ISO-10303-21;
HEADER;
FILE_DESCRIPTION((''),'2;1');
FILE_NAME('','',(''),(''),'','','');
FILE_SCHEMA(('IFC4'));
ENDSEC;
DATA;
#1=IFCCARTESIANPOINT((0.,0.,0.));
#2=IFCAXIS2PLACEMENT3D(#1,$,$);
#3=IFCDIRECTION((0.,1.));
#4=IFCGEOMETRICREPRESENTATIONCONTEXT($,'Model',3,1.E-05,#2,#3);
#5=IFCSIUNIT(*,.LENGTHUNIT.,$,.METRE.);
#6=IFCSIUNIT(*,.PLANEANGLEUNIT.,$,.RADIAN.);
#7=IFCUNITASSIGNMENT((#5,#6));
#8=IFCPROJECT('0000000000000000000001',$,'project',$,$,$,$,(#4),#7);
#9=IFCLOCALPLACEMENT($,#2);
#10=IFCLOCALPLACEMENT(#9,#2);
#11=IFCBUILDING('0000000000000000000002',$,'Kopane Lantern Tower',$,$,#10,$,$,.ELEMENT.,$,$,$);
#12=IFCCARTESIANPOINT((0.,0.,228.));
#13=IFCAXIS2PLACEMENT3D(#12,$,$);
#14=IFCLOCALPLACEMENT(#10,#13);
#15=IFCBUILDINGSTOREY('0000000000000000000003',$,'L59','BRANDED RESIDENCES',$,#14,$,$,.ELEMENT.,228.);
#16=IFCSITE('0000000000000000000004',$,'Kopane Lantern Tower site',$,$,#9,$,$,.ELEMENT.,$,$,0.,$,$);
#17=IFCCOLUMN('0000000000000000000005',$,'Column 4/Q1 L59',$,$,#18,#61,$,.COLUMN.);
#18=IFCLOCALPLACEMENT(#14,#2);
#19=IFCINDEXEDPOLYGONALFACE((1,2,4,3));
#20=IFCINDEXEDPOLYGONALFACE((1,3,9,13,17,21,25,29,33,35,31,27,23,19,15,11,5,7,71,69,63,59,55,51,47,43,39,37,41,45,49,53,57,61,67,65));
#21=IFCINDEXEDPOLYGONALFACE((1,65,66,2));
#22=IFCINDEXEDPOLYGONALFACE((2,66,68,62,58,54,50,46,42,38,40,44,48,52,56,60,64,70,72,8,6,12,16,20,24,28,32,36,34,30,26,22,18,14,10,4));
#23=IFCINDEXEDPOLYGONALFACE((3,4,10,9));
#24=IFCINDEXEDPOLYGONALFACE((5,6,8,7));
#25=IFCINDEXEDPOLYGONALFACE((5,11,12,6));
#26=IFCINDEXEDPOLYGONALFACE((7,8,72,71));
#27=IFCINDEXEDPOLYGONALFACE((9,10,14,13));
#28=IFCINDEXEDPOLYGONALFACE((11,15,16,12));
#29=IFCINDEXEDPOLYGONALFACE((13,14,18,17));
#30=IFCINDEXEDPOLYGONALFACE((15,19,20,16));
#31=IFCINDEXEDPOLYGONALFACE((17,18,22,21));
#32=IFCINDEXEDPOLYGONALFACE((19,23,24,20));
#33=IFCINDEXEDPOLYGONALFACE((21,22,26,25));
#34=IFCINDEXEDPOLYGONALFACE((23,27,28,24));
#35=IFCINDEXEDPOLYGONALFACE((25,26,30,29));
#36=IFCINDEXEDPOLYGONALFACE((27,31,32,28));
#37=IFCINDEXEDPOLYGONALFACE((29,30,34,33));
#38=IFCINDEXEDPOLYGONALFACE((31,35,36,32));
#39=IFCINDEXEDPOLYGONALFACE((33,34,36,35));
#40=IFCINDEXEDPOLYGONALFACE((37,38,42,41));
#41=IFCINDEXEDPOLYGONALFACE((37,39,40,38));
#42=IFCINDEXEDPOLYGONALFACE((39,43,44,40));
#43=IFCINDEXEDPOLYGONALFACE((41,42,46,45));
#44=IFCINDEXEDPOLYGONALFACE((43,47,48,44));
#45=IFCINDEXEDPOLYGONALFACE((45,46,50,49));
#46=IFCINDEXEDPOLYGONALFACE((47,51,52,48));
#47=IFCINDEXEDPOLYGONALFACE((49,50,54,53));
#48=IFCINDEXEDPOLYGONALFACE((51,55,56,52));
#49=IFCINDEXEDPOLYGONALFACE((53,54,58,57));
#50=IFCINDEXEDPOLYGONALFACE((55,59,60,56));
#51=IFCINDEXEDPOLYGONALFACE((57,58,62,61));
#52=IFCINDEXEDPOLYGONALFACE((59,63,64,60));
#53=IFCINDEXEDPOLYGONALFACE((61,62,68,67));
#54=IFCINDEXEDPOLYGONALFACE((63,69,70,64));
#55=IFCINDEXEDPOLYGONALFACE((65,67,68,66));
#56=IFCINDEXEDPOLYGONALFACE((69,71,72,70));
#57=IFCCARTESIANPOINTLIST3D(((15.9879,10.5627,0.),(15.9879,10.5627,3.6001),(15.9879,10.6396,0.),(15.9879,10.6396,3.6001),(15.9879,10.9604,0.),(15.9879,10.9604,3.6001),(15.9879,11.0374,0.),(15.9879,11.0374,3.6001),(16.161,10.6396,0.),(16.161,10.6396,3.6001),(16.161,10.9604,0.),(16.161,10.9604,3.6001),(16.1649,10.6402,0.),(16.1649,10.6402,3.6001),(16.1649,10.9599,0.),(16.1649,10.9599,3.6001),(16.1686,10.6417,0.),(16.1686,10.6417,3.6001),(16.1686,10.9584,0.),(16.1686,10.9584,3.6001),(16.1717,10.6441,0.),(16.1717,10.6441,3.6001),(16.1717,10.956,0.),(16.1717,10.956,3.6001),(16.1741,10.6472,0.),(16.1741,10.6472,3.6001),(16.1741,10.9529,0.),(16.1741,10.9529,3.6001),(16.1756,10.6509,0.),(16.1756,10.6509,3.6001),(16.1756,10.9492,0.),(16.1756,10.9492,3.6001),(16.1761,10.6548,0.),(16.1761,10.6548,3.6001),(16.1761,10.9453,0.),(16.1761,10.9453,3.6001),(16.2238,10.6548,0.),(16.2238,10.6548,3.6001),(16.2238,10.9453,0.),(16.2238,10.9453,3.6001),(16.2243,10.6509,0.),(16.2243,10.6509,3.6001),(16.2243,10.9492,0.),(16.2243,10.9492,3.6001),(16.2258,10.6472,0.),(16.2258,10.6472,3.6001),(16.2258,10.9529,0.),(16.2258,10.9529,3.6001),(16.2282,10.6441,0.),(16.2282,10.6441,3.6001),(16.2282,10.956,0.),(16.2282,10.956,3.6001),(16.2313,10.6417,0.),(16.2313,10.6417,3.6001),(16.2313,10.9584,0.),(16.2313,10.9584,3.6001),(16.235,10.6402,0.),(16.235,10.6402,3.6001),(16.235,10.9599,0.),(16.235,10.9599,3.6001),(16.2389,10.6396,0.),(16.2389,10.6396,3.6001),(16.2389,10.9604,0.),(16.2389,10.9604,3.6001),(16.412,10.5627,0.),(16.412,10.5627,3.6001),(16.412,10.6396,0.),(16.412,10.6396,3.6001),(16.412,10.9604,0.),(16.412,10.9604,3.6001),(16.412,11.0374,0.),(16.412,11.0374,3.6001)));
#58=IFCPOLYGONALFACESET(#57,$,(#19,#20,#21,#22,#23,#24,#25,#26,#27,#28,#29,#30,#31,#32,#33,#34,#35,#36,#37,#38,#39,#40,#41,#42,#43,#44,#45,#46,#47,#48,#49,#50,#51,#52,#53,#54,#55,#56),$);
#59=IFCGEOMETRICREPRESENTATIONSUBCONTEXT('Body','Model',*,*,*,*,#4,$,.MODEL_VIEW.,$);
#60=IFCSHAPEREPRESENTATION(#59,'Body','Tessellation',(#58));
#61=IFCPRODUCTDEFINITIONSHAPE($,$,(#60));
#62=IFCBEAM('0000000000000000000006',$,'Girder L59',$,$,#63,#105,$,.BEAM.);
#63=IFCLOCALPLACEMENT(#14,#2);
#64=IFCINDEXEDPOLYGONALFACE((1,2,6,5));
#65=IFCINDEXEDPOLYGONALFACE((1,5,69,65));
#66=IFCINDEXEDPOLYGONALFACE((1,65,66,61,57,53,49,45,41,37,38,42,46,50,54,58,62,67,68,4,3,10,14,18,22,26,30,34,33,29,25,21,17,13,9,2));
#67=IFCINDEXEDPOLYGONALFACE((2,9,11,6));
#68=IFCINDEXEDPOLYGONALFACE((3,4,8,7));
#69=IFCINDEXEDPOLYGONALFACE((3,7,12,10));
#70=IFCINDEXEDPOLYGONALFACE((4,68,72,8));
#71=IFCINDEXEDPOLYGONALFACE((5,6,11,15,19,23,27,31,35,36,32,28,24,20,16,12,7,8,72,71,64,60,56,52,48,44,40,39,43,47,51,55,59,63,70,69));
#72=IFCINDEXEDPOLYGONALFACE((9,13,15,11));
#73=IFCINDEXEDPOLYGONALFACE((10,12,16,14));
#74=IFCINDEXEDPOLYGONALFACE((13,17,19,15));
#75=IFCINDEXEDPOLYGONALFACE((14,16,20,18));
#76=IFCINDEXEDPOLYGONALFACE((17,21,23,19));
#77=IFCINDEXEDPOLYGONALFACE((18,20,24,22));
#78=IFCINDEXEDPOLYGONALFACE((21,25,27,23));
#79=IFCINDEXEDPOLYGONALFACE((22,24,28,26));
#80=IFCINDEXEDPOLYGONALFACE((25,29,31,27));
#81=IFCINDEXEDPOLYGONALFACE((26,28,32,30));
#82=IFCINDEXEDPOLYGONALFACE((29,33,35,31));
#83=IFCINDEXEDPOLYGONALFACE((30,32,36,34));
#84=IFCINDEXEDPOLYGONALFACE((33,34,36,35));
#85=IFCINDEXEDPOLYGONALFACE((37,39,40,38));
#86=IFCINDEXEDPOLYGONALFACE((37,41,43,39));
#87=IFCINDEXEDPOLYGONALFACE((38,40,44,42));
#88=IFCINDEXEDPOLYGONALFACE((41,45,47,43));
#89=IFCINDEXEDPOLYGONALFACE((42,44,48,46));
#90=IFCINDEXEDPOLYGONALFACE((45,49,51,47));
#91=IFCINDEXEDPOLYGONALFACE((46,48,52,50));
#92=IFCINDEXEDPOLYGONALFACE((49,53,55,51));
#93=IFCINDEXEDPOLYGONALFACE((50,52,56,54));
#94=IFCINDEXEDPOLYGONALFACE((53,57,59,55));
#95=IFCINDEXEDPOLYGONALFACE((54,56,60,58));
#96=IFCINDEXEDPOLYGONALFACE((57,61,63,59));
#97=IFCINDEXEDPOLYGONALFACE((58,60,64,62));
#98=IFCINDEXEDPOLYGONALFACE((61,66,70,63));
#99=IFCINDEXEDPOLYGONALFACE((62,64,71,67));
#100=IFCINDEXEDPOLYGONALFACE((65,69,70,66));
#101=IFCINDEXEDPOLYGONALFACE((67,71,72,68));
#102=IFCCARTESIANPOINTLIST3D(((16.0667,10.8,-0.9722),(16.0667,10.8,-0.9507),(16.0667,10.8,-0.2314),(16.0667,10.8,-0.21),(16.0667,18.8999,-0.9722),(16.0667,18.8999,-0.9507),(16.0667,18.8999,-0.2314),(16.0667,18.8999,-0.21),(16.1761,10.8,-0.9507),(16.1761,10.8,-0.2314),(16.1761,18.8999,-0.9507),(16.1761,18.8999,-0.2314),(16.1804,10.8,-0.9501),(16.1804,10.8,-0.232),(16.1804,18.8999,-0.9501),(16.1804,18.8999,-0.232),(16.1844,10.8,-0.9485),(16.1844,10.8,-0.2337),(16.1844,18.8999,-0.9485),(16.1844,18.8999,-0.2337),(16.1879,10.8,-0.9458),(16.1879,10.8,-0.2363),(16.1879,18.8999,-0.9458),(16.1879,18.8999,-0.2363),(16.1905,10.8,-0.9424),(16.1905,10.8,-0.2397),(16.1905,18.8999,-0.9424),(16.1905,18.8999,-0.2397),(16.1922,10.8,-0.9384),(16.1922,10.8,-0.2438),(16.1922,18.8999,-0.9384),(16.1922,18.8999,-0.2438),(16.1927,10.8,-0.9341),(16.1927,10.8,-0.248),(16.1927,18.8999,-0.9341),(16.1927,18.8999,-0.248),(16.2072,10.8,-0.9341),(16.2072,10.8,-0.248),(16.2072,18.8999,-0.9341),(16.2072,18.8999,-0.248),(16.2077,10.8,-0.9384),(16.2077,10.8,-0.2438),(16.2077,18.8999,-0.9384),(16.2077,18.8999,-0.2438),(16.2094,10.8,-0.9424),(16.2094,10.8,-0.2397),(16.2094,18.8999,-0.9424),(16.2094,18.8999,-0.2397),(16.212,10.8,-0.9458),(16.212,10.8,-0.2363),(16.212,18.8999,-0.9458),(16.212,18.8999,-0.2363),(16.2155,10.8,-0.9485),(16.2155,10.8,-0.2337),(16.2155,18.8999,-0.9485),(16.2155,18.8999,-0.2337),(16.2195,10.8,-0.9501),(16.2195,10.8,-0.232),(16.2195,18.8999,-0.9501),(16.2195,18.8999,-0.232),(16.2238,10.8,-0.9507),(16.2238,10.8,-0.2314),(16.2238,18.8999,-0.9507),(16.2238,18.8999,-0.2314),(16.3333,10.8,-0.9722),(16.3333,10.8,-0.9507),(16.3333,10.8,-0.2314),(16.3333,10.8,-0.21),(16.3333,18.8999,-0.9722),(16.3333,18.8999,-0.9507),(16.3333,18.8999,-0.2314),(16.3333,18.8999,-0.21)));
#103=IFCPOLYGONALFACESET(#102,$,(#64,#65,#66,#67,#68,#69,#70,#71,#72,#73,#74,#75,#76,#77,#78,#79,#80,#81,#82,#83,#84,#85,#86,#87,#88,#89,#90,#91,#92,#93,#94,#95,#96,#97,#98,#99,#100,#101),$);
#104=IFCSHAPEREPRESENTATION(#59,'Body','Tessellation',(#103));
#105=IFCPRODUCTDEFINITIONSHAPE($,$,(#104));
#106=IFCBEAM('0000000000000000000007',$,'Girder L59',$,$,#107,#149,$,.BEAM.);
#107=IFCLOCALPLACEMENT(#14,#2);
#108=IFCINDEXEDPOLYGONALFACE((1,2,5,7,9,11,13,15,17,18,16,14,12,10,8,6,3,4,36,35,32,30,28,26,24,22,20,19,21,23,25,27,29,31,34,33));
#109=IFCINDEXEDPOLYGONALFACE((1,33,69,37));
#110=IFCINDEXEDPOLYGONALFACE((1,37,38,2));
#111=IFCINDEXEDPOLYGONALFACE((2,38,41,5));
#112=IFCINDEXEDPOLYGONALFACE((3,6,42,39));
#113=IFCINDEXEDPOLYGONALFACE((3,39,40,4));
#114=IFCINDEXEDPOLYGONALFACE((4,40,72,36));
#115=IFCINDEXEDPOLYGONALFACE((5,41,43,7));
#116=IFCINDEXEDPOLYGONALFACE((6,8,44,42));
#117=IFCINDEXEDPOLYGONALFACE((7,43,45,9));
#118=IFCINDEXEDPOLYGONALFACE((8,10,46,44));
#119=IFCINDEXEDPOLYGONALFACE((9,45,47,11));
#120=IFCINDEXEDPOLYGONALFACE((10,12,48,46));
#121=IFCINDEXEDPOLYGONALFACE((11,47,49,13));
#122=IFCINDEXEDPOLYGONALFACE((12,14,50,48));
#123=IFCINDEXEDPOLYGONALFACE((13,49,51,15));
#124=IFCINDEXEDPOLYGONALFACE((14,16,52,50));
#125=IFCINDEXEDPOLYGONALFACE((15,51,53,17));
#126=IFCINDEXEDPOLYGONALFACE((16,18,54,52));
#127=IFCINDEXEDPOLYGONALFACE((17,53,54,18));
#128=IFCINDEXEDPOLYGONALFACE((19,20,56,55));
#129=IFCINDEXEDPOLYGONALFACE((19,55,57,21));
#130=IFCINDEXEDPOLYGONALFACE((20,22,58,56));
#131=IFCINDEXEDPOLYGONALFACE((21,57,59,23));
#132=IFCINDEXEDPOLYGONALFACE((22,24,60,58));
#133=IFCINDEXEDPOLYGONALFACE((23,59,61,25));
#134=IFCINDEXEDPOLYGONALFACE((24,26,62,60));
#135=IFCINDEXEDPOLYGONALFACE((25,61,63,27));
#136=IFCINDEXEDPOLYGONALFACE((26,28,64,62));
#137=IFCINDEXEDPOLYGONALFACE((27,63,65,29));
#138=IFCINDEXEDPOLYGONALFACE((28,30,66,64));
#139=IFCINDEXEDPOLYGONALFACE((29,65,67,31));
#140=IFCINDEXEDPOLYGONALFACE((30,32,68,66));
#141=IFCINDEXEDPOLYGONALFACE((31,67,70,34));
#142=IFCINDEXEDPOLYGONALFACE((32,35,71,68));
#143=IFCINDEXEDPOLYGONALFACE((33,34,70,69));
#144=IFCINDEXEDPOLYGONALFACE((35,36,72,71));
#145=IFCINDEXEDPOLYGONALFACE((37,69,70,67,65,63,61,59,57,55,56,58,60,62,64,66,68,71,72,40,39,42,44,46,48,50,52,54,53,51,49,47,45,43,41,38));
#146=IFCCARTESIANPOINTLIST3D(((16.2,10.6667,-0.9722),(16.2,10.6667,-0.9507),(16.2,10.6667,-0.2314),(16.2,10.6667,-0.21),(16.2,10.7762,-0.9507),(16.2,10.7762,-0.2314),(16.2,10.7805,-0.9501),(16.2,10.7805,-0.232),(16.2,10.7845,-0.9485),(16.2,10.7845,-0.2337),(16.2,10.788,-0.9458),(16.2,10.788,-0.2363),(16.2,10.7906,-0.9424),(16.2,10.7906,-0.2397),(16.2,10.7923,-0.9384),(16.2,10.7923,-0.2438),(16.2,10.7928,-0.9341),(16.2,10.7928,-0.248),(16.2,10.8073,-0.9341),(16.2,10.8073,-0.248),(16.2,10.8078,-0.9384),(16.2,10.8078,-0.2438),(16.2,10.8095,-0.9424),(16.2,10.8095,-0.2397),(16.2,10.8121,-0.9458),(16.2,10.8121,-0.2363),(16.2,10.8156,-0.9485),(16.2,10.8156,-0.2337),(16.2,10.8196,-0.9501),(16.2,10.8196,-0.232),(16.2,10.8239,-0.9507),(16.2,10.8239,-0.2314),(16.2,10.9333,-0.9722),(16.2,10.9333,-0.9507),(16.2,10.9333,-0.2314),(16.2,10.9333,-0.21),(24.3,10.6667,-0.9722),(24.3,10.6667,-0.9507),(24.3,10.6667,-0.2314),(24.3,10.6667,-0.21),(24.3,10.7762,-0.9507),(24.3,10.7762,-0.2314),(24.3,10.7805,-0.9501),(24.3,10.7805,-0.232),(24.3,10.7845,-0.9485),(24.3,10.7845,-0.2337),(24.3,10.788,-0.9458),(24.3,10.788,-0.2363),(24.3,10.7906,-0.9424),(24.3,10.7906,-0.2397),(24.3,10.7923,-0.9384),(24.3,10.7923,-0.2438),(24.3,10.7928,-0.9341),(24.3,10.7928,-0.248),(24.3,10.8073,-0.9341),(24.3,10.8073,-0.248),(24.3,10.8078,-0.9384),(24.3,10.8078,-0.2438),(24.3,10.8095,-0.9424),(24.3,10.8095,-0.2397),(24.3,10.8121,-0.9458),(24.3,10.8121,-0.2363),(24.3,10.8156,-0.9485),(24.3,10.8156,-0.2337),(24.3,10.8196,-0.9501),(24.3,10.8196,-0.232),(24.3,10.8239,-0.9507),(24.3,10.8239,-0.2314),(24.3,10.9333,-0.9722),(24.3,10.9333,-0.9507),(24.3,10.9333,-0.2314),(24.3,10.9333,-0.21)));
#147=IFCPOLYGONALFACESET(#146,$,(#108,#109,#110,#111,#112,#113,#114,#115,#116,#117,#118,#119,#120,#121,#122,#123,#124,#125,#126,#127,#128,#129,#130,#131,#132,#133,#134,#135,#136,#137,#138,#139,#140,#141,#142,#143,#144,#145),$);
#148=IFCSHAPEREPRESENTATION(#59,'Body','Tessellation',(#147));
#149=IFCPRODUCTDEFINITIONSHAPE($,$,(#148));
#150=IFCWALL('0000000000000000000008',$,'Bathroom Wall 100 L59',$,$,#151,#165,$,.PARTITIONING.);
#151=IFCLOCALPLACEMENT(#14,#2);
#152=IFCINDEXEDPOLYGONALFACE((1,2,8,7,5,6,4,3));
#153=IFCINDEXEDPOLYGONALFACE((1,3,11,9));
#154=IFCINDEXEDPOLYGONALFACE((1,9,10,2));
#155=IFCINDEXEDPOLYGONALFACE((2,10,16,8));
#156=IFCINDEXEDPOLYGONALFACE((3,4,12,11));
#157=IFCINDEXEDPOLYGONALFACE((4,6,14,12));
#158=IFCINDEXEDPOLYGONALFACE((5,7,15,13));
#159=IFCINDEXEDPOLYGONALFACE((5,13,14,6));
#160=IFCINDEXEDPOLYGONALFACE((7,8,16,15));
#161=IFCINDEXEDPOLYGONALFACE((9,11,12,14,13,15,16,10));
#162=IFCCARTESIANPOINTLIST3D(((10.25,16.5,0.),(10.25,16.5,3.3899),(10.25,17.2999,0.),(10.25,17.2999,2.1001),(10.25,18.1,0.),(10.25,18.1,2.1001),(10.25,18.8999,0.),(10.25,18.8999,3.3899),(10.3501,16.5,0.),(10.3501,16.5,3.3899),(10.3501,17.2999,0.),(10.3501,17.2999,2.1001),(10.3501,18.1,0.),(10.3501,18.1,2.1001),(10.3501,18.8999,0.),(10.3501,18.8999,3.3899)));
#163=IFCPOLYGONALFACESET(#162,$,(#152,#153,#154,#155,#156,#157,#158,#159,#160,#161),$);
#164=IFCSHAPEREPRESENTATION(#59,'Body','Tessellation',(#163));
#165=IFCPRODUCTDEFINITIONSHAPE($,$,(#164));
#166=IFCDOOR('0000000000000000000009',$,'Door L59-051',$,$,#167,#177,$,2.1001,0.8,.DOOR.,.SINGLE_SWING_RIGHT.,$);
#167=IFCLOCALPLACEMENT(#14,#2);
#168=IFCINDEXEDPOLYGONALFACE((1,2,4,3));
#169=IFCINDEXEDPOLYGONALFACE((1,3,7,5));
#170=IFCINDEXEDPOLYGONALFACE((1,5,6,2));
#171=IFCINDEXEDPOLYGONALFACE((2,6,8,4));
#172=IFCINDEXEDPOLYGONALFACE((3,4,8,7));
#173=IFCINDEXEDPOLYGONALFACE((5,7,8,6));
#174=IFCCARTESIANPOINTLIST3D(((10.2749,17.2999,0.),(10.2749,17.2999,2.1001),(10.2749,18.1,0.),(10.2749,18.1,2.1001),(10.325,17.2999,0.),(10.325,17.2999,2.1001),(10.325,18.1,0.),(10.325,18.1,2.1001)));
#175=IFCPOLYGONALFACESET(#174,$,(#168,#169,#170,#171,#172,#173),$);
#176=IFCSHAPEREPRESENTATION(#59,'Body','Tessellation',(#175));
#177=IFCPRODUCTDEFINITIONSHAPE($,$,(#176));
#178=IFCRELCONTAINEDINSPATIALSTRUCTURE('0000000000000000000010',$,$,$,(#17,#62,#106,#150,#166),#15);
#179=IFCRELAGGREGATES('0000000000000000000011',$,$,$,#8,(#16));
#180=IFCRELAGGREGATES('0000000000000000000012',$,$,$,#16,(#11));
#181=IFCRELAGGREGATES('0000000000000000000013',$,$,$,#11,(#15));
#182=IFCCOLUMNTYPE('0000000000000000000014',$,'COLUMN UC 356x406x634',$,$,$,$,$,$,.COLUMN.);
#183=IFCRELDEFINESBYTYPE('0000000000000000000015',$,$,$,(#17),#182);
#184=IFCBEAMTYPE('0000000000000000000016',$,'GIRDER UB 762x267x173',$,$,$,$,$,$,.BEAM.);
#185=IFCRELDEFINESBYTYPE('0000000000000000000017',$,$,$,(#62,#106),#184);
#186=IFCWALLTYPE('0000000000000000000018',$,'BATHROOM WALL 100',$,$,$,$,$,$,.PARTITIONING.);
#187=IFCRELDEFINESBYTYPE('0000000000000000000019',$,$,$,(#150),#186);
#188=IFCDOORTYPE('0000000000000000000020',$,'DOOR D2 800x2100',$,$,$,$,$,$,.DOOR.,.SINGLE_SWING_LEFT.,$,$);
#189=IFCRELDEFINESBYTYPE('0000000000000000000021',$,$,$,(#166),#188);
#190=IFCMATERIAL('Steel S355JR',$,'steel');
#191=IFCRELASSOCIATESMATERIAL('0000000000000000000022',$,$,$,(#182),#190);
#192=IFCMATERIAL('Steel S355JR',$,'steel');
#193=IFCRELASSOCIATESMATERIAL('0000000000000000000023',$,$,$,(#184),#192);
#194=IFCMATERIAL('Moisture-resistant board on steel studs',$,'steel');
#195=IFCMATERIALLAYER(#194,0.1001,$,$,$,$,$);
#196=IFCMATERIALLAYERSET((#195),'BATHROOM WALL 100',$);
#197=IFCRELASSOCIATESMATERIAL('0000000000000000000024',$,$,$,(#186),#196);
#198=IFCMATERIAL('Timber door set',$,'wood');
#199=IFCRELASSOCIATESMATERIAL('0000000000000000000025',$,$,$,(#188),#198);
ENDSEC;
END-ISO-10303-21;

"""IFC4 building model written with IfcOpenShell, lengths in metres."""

from ifc_helpers import new_model, si_unit, direction, frame, frame_2d, origin, origin_2d, place, context, subcontext, project, spatial, rectangle, i_section, extrude, material, layer, layer_set, material_profile, profile_set, type_object, element, fill, save


model = new_model("IFC4")

# Units and contexts
model_context = context("Model", 3, precision=1e-05, world=origin(), true_north=direction((0.0, 1.0)))
body_context = subcontext(model_context, "Body", "Model", "MODEL_VIEW")
ifc_project = project(units=[si_unit("LENGTHUNIT", "METRE"), si_unit("PLANEANGLEUNIT", "RADIAN")], contexts=[model_context])

# Site, building, storey
site_placement = place(None, origin())
site = spatial("IfcSite", under=ifc_project, at=site_placement, Name="Kopane Lantern Tower site", CompositionType="ELEMENT", RefElevation=0.0)
building_placement = place(site_placement, origin())
building = spatial("IfcBuilding", under=site, at=building_placement, Name="Kopane Lantern Tower", CompositionType="ELEMENT")
storey_placement = place(building_placement, frame((0.0, 0.0, 228.0)))
storey = spatial("IfcBuildingStorey", under=building, at=storey_placement, Name="L59", Description="BRANDED RESIDENCES", CompositionType="ELEMENT", Elevation=228.0)

# Column
ifc_material_1 = material(Name="Steel S355JR", Category="steel")
ifc_material_profile_1 = material_profile(ifc_material_1, i_section(OverallWidth=0.4241, OverallDepth=0.4746, WebThickness=0.0476, FlangeThickness=0.0769, FilletRadius=0.0151, at=origin_2d()), Name="UC 356x406x634")
ifc_profile_set_1 = profile_set([ifc_material_profile_1], Name="Steel S355JR")
column_type = type_object("IfcColumnType", Name="COLUMN UC 356x406x634", PredefinedType="COLUMN", material=ifc_profile_set_1)
column_placement = place(storey_placement, frame((16.2, 10.8, 0.0), z_axis=(0.0, 0.0, 1.0), x_axis=(1.0, 0.0, 0.0)))
element("IfcColumn", 1, at=column_placement, inside=storey, type_object=column_type, Name="Column 4/Q1 L59", PredefinedType="COLUMN", context=body_context, shape_type="SweptSolid", body=[
    extrude(i_section(OverallWidth=0.4241, OverallDepth=0.4746, WebThickness=0.0476, FlangeThickness=0.0769, FilletRadius=0.0151, at=origin_2d()), origin(), (0.0, 0.0, 1.0), 3.6001),
])

# Beams
ifc_material_2 = material(Name="Steel S355JR", Category="steel")
ifc_material_profile_2 = material_profile(ifc_material_2, i_section(OverallWidth=0.2666, OverallDepth=0.7622, WebThickness=0.0144, FlangeThickness=0.0215, FilletRadius=0.0166, at=origin_2d()), Name="UB 762x267x173")
ifc_profile_set_2 = profile_set([ifc_material_profile_2], Name="Steel S355JR")
beam_type = type_object("IfcBeamType", Name="GIRDER UB 762x267x173", PredefinedType="BEAM", material=ifc_profile_set_2)
beam_1_placement = place(storey_placement, frame((16.2, 10.8, -0.5911), z_axis=(0.0, 1.0, 0.0), x_axis=(-1.0, 0.0, 0.0)))
element("IfcBeam", 2, at=beam_1_placement, inside=storey, type_object=beam_type, Name="Girder L59", PredefinedType="BEAM", context=body_context, shape_type="SweptSolid", body=[
    extrude(i_section(OverallWidth=0.2666, OverallDepth=0.7622, WebThickness=0.0144, FlangeThickness=0.0215, FilletRadius=0.0166, at=origin_2d()), origin(), (0.0, 0.0, 1.0), 8.0999),
])
beam_2_placement = place(storey_placement, frame((16.2, 10.8, -0.5911), z_axis=(1.0, 0.0, 0.0), x_axis=(0.0, 1.0, 0.0)))
element("IfcBeam", 3, at=beam_2_placement, inside=storey, type_object=beam_type, Name="Girder L59", PredefinedType="BEAM", context=body_context, shape_type="SweptSolid", body=[
    extrude(i_section(OverallWidth=0.2666, OverallDepth=0.7622, WebThickness=0.0144, FlangeThickness=0.0215, FilletRadius=0.0166, at=origin_2d()), origin(), (0.0, 0.0, 1.0), 8.1001),
])

# Wall, opening, door
ifc_material_3 = material(Name="Moisture-resistant board on steel studs", Category="steel")
ifc_layer_1 = layer(ifc_material_3, 0.1001)
ifc_layer_set_1 = layer_set([ifc_layer_1], Name="BATHROOM WALL 100")
wall_type_1 = type_object("IfcWallType", Name="BATHROOM WALL 100", PredefinedType="PARTITIONING", material=ifc_layer_set_1)
wall_1_placement = place(storey_placement, frame((10.3, 18.8999, 0.0), z_axis=(0.0, 0.0, 1.0), x_axis=(0.0, -1.0, 0.0)))
wall_1 = element("IfcWall", 4, at=wall_1_placement, inside=storey, type_object=wall_type_1, Name="Bathroom Wall 100 L59", PredefinedType="PARTITIONING", context=body_context, shape_type="SweptSolid", body=[
    extrude(rectangle(XDim=2.3999, YDim=0.1001, at=frame_2d((1.2, 0.0))), origin(), (0.0, 0.0, 1.0), 3.3899),
])
opening_1_placement = place(wall_1_placement, frame((0.8, 0.0, 0.0)))
opening_1 = element("IfcOpeningElement", 5, at=opening_1_placement, cuts=wall_1, PredefinedType="OPENING", context=body_context, shape_type="SweptSolid", body=[
    extrude(rectangle(XDim=0.8, YDim=2.1001, at=frame_2d((0.3999, 1.05))), frame((0.0, 0.0601, 0.0), z_axis=(0.0, -1.0, 0.0), x_axis=(1.0, 0.0, 0.0)), (0.0, 0.0, 1.0), 0.1201),
])
ifc_material_4 = material(Name="Timber door set", Category="wood")
door_type = type_object("IfcDoorType", Name="DOOR D2 800x2100", OperationType="SINGLE_SWING_LEFT", PredefinedType="DOOR", material=ifc_material_4)
door_placement = place(opening_1_placement, origin())
door = element("IfcDoor", 6, at=door_placement, inside=storey, type_object=door_type, Name="Door L59-051", OperationType="SINGLE_SWING_RIGHT", OverallHeight=2.1001, OverallWidth=0.8, PredefinedType="DOOR", context=body_context, shape_type="SweptSolid", body=[
    extrude(rectangle(XDim=0.8, YDim=2.1001, at=frame_2d((0.3999, 1.05))), frame((0.0, 0.0249, 0.0), z_axis=(0.0, -1.0, 0.0), x_axis=(1.0, 0.0, 0.0)), (0.0, 0.0, 1.0), 0.05),
])
fill(opening_1, door)

save(model, "model.ifc")
